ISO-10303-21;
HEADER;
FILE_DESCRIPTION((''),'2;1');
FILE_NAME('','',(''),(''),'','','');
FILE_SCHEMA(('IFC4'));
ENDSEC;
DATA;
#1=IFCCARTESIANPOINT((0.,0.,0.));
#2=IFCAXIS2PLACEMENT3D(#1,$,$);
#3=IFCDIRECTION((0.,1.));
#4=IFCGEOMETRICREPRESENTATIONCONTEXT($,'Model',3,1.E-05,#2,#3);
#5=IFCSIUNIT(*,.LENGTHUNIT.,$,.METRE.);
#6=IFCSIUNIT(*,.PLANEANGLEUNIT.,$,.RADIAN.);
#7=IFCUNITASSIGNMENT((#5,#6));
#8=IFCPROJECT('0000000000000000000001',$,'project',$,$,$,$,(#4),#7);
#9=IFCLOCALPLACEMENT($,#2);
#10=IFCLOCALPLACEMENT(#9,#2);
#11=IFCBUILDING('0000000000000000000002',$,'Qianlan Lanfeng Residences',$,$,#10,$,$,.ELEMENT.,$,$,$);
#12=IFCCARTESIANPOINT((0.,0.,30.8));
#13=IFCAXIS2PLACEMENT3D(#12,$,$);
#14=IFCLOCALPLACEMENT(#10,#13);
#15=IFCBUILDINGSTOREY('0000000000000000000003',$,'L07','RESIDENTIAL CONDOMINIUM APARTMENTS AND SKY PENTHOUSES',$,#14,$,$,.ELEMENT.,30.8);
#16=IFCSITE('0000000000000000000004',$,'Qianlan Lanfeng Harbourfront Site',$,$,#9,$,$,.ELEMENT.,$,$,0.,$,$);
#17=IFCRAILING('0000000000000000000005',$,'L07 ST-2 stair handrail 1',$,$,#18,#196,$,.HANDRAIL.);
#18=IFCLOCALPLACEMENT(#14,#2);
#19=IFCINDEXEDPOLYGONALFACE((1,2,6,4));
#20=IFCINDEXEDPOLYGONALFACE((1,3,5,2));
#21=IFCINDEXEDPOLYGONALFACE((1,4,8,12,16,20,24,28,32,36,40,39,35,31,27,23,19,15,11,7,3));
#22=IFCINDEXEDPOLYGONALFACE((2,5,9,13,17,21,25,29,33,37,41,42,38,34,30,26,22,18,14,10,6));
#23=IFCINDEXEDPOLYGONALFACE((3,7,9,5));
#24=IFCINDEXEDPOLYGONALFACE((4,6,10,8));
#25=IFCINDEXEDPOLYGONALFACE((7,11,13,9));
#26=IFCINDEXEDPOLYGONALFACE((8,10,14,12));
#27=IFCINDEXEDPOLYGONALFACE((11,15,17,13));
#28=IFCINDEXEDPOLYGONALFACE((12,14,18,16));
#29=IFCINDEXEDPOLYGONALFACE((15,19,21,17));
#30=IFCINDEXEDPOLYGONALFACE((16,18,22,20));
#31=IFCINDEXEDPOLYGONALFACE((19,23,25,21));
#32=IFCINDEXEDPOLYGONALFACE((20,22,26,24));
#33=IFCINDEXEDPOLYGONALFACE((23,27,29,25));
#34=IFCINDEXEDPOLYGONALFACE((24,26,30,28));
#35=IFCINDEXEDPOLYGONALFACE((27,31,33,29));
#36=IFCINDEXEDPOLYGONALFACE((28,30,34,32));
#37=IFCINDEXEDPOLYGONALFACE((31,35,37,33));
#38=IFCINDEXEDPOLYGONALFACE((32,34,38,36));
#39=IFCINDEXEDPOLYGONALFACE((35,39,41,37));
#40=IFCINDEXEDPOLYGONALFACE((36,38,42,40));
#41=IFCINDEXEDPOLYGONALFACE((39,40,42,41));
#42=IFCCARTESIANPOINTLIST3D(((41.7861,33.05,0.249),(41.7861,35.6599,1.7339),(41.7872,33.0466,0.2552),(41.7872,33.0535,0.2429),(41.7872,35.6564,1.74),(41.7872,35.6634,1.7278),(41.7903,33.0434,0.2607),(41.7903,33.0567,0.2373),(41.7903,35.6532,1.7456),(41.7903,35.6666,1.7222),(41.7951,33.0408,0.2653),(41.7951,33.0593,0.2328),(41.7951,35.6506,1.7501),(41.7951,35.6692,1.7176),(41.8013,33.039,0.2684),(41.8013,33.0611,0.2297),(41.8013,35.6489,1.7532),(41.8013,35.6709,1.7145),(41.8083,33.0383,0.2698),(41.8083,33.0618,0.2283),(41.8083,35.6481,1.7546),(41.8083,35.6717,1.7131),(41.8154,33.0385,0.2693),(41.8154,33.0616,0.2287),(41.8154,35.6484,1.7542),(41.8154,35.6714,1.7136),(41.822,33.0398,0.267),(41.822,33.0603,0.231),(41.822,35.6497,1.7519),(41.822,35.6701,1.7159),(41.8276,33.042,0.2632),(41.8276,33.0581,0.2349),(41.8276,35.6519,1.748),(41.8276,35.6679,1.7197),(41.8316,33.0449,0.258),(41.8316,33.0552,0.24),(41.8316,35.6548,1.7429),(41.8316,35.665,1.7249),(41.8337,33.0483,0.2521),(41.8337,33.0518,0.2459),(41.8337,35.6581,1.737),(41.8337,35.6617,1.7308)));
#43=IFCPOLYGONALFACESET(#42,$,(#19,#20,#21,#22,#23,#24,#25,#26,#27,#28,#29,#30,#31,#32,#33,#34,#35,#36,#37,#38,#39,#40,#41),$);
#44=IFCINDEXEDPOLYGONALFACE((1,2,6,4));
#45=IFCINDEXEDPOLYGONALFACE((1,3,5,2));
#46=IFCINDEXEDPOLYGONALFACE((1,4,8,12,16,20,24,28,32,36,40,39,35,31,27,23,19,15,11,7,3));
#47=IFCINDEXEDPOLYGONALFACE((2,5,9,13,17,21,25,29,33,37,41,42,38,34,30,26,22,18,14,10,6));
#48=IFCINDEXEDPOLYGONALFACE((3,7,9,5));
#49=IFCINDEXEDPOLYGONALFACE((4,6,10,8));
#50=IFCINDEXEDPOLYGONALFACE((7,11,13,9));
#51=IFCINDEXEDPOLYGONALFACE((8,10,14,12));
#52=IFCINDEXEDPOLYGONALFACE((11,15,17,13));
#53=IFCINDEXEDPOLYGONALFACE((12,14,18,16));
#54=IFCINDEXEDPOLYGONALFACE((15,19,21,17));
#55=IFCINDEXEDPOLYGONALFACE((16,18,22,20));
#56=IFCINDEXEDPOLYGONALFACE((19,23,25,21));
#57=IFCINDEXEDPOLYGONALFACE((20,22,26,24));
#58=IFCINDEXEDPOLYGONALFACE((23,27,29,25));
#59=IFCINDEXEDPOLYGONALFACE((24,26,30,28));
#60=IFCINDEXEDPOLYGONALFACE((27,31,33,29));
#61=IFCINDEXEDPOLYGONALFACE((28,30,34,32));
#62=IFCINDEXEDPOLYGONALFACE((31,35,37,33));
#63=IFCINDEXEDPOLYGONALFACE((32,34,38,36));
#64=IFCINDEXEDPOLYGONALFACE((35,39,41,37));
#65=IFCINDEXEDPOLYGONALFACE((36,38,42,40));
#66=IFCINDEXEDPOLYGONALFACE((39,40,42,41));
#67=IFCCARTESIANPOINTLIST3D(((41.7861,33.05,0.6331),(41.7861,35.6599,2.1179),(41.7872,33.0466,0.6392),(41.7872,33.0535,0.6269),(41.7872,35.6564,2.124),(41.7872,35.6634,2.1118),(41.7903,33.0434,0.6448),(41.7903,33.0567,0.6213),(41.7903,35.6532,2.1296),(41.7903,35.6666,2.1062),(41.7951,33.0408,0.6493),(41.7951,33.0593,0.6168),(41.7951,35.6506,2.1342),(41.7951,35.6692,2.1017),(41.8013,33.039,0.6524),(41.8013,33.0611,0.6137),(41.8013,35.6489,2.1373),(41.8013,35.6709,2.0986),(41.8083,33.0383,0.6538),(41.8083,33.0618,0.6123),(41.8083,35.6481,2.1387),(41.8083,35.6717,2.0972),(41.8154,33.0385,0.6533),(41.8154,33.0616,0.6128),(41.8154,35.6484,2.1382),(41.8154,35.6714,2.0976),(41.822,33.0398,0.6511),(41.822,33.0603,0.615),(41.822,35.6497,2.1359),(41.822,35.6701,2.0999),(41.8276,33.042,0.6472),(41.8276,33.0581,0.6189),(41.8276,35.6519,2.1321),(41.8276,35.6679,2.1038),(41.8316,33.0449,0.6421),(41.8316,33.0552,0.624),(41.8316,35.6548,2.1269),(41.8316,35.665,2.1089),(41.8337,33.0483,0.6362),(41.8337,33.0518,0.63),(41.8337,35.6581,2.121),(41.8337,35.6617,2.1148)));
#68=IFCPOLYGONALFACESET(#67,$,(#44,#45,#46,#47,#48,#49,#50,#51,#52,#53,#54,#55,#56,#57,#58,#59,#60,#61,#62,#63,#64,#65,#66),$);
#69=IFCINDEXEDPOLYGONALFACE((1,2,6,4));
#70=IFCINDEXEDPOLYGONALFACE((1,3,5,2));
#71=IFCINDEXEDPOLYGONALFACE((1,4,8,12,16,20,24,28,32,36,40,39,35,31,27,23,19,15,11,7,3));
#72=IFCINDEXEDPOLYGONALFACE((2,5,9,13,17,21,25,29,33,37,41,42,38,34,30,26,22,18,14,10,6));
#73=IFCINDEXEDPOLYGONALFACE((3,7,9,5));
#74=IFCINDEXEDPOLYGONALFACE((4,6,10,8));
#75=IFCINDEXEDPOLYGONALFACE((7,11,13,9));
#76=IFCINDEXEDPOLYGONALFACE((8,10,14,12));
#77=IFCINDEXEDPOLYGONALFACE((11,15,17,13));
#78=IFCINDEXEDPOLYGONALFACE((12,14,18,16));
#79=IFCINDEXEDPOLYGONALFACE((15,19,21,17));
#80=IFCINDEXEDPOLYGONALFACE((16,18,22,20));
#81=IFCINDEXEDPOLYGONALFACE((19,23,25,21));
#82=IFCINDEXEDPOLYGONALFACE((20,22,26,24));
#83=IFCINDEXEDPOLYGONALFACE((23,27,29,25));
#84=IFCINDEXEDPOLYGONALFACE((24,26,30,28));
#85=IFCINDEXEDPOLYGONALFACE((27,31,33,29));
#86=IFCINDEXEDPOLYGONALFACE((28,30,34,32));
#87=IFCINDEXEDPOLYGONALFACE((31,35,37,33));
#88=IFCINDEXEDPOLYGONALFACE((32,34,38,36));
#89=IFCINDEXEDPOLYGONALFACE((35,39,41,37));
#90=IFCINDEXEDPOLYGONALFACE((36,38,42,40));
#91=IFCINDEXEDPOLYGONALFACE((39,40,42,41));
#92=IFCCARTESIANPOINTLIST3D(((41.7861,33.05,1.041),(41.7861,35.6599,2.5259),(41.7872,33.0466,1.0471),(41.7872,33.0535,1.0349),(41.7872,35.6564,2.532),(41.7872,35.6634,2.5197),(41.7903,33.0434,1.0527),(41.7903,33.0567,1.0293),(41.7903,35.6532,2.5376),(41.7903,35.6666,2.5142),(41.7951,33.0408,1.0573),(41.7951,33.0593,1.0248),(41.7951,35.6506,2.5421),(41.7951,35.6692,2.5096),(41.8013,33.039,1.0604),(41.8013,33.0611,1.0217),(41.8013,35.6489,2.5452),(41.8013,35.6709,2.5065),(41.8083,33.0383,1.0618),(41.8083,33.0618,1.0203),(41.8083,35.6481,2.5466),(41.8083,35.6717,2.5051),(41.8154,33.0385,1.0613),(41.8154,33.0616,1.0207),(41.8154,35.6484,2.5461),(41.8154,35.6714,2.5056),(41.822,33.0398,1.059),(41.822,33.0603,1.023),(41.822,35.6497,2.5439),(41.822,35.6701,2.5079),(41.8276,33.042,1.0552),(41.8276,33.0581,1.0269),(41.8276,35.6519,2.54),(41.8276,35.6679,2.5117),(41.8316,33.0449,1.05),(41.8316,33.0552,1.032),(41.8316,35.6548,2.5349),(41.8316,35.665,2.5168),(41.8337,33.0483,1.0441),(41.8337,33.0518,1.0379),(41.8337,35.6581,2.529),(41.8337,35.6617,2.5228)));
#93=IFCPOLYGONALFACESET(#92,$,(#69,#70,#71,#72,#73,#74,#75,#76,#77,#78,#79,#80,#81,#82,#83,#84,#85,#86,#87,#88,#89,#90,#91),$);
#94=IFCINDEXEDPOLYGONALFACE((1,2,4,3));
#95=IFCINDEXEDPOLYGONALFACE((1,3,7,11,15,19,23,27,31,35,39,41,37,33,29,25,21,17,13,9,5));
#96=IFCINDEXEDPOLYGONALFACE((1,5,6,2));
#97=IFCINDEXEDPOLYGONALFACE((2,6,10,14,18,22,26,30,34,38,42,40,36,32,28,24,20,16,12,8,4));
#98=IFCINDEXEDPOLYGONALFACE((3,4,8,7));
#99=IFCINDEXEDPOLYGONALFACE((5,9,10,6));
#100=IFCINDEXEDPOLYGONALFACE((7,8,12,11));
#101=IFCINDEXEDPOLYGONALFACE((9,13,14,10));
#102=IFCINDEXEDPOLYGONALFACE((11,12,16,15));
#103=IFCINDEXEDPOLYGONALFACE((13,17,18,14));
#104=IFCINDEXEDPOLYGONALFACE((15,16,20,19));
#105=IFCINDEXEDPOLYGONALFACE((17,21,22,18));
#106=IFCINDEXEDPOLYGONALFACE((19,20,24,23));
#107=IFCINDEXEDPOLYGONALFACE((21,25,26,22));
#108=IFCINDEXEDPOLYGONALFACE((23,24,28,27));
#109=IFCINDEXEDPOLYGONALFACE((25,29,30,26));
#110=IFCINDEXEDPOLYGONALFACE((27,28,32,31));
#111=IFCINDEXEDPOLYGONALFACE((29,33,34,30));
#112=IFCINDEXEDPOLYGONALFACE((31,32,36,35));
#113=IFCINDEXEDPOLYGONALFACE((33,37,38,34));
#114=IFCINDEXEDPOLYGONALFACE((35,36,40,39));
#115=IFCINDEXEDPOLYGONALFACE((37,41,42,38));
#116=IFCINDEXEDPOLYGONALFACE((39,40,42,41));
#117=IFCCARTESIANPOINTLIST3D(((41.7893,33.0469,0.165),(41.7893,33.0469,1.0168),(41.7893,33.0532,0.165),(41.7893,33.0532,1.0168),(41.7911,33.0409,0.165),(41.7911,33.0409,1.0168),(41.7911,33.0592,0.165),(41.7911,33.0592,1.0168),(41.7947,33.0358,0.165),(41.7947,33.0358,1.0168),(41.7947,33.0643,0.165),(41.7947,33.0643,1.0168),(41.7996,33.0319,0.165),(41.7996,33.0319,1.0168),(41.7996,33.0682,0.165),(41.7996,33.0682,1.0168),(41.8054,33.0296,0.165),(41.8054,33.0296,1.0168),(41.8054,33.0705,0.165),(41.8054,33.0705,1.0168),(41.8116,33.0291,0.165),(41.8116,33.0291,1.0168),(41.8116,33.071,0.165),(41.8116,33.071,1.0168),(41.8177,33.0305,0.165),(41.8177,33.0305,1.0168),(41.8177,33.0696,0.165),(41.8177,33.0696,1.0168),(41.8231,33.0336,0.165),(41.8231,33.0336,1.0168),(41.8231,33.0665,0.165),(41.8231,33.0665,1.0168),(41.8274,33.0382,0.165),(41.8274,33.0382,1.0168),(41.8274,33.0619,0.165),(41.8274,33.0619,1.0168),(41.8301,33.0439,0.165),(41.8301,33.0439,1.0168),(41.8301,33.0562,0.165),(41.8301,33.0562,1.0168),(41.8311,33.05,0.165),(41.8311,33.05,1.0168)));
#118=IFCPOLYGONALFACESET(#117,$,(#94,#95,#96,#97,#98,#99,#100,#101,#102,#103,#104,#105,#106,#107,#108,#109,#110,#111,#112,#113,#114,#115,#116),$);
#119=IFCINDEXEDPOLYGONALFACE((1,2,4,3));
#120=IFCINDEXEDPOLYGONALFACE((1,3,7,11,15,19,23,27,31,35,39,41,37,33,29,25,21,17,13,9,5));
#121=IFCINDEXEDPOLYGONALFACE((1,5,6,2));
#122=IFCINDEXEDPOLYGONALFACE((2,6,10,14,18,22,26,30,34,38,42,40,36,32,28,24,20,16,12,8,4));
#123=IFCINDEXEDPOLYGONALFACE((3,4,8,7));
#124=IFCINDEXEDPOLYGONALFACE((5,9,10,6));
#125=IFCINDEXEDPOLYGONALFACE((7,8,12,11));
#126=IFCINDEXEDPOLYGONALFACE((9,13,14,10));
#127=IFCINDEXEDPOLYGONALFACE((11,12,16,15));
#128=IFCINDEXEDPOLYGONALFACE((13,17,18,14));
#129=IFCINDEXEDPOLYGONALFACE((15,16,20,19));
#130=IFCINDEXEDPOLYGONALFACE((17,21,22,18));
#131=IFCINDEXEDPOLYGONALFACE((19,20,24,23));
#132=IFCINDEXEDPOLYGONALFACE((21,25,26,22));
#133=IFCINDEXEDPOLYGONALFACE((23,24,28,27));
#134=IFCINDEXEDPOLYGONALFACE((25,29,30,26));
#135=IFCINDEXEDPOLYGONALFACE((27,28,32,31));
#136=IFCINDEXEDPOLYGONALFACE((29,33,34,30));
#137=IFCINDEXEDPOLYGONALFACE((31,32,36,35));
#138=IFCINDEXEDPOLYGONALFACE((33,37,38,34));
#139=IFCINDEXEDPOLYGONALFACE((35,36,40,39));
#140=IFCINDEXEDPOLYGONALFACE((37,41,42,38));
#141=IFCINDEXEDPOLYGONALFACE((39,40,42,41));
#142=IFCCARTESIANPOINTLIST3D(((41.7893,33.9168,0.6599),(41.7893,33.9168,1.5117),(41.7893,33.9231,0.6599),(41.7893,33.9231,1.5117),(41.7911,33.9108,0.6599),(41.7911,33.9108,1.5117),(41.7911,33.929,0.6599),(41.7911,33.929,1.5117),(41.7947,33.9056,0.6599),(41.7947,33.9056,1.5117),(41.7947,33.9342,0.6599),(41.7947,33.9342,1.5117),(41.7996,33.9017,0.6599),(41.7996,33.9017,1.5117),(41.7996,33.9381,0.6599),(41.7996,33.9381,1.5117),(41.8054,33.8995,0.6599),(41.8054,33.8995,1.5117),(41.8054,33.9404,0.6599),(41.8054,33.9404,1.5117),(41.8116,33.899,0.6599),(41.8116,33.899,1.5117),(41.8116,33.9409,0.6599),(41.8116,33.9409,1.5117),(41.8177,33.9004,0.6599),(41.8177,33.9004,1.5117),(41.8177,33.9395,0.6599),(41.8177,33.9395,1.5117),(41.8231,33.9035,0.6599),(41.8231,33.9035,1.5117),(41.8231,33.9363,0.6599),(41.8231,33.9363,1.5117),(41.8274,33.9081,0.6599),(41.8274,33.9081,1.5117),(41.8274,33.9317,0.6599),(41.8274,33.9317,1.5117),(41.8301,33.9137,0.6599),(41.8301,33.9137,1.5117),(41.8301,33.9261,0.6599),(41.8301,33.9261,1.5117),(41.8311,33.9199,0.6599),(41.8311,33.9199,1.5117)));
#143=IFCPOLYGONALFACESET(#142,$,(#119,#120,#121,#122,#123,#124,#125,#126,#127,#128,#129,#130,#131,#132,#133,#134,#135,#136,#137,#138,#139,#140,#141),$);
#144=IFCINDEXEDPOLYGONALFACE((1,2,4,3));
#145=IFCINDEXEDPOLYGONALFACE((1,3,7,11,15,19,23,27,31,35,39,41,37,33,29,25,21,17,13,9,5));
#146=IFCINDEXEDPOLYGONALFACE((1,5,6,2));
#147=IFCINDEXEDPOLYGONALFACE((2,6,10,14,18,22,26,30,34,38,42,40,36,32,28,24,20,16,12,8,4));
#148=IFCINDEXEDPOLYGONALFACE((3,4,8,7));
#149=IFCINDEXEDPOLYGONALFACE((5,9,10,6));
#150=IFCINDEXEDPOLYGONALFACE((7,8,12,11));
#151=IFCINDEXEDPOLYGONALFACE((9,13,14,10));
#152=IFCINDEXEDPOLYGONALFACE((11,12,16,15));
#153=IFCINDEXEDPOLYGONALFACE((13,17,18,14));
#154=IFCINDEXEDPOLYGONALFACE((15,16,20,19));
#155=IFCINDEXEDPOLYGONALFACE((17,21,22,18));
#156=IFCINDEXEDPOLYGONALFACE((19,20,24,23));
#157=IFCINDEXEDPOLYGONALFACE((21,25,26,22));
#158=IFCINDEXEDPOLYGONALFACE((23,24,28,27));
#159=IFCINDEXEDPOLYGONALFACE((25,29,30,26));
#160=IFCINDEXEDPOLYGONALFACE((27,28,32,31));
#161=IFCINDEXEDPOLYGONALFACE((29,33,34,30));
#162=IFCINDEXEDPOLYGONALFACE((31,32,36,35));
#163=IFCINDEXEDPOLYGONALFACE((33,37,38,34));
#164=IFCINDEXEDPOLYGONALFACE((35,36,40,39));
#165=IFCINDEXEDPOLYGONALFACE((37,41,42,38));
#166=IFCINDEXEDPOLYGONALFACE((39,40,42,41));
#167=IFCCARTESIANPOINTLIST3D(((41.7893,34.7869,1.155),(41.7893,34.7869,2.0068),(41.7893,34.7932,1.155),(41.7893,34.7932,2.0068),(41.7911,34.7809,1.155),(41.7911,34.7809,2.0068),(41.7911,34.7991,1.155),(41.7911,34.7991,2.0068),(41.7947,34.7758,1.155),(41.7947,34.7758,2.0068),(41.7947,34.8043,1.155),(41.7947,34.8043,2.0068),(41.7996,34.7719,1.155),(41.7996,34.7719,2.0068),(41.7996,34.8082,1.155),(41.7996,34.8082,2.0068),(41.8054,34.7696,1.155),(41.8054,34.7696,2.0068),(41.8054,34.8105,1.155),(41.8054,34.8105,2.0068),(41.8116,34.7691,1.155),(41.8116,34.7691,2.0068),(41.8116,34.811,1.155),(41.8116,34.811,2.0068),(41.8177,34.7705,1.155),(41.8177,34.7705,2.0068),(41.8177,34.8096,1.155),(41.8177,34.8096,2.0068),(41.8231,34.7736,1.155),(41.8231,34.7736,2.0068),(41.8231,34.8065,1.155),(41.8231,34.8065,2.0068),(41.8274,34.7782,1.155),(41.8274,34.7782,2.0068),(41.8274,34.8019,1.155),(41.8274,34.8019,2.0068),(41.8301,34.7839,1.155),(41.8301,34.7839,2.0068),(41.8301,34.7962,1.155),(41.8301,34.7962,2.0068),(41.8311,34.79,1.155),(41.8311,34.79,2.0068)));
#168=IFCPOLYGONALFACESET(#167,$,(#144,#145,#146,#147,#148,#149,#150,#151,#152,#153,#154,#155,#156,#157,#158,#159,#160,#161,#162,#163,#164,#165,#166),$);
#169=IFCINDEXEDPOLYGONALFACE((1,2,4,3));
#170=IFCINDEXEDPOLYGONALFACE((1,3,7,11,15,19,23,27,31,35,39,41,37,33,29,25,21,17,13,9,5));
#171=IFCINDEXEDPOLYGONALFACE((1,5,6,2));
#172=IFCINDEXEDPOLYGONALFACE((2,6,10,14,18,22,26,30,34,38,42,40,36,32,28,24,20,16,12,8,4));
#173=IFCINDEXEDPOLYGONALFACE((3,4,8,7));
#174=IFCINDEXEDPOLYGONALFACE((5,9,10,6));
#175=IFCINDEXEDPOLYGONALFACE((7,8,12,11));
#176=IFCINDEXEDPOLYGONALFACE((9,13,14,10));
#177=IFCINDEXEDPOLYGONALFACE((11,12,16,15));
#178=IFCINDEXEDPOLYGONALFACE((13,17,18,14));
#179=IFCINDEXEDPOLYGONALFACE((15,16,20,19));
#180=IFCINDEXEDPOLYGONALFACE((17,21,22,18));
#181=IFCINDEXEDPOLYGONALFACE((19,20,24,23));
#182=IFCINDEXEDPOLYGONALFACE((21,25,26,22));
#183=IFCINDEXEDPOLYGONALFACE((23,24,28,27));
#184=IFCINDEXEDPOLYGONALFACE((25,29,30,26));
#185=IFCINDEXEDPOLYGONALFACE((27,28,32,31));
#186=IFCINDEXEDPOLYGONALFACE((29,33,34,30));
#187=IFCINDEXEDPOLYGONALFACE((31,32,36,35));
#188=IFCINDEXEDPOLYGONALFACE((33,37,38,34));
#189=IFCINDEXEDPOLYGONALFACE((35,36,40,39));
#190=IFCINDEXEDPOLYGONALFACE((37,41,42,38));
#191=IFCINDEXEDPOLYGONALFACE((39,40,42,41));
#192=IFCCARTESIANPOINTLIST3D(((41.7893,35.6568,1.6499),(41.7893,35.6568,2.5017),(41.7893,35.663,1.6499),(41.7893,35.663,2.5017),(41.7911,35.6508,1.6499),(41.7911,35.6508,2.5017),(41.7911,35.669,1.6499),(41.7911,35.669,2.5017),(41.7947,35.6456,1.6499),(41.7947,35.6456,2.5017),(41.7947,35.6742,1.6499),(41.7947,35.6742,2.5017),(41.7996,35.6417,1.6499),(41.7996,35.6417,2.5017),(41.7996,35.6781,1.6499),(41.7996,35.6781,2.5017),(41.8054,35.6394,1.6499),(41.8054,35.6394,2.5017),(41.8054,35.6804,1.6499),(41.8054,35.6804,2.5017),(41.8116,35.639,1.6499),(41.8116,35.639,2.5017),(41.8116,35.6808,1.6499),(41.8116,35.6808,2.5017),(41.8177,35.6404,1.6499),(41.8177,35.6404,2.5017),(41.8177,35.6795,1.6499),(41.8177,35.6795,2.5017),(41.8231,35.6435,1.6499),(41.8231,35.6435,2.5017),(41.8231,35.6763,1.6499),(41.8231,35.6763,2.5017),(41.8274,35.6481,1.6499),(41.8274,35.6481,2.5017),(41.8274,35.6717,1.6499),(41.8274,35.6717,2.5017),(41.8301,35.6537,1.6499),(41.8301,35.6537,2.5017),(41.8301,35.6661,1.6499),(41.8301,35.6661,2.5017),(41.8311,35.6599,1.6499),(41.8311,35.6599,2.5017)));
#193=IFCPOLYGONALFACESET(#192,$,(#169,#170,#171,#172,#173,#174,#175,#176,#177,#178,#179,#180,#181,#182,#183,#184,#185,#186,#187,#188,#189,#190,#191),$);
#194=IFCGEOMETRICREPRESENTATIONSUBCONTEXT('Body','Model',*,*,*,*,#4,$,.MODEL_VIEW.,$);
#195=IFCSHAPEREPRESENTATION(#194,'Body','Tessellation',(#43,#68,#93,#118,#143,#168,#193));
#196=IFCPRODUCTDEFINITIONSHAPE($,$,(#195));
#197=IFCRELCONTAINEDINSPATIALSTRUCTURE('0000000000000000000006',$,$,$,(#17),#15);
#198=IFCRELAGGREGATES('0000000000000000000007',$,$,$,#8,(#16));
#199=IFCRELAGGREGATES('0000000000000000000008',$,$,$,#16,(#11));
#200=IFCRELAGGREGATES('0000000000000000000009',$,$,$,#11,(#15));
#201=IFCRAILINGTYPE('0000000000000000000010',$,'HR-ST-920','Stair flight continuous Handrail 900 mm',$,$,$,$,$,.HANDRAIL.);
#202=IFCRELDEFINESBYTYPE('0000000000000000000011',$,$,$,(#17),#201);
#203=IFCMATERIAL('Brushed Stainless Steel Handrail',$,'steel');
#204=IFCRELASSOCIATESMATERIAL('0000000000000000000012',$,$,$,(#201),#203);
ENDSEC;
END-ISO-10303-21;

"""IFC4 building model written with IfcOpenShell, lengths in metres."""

from ifc_helpers import new_model, si_unit, direction, frame, origin, origin_2d, place, context, subcontext, project, spatial, circle, extrude, material, type_object, element, save


model = new_model("IFC4")

# Units and contexts
model_context = context("Model", 3, precision=1e-05, world=origin(), true_north=direction((0.0, 1.0)))
body_context = subcontext(model_context, "Body", "Model", "MODEL_VIEW")
ifc_project = project(units=[si_unit("LENGTHUNIT", "METRE"), si_unit("PLANEANGLEUNIT", "RADIAN")], contexts=[model_context])

# Site, building, storey
site_placement = place(None, origin())
site = spatial("IfcSite", under=ifc_project, at=site_placement, Name="Qianlan Lanfeng Harbourfront Site", CompositionType="ELEMENT", RefElevation=0.0)
building_placement = place(site_placement, origin())
building = spatial("IfcBuilding", under=site, at=building_placement, Name="Qianlan Lanfeng Residences", CompositionType="ELEMENT")
storey_placement = place(building_placement, frame((0.0, 0.0, 30.8)))
storey = spatial("IfcBuildingStorey", under=building, at=storey_placement, Name="L07", Description="RESIDENTIAL CONDOMINIUM APARTMENTS AND SKY PENTHOUSES", CompositionType="ELEMENT", Elevation=30.8)

# Railing
ifc_material_1 = material(Name="Brushed Stainless Steel Handrail", Category="steel")
railing_type_1 = type_object("IfcRailingType", Name="HR-ST-920", Description="Stair flight continuous Handrail 900 mm", PredefinedType="HANDRAIL", material=ifc_material_1)
railing_1_placement = place(storey_placement, frame((41.8101, 33.05, 0.165)))
element("IfcRailing", 1, at=railing_1_placement, inside=storey, type_object=railing_type_1, Name="L07 ST-2 stair handrail 1", PredefinedType="HANDRAIL", context=body_context, shape_type="SweptSolid", body=[
    extrude(circle(Radius=0.0239, at=origin_2d()), frame((0.0, 0.0, 0.084), z_axis=(0.0, 0.869172, 0.494509), x_axis=(-1.0, 0.0, 0.0)), (0.0, 0.0, 1.0), 3.0027),
    extrude(circle(Radius=0.0239, at=origin_2d()), frame((0.0, 0.0, 0.468), z_axis=(0.0, 0.869172, 0.494509), x_axis=(-1.0, 0.0, 0.0)), (0.0, 0.0, 1.0), 3.0027),
    extrude(circle(Radius=0.0239, at=origin_2d()), frame((0.0, 0.0, 0.876), z_axis=(0.0, 0.869172, 0.494509), x_axis=(-1.0, 0.0, 0.0)), (0.0, 0.0, 1.0), 3.0027),
    extrude(circle(Radius=0.021, at=origin_2d()), origin(), (0.0, 0.0, 1.0), 0.8518),
    extrude(circle(Radius=0.021, at=origin_2d()), frame((0.0, 0.8699, 0.4949)), (0.0, 0.0, 1.0), 0.8518),
    extrude(circle(Radius=0.021, at=origin_2d()), frame((0.0, 1.74, 0.99)), (0.0, 0.0, 1.0), 0.8518),
    extrude(circle(Radius=0.021, at=origin_2d()), frame((0.0, 2.6099, 1.4849)), (0.0, 0.0, 1.0), 0.8518),
])

save(model, "model.ifc")
